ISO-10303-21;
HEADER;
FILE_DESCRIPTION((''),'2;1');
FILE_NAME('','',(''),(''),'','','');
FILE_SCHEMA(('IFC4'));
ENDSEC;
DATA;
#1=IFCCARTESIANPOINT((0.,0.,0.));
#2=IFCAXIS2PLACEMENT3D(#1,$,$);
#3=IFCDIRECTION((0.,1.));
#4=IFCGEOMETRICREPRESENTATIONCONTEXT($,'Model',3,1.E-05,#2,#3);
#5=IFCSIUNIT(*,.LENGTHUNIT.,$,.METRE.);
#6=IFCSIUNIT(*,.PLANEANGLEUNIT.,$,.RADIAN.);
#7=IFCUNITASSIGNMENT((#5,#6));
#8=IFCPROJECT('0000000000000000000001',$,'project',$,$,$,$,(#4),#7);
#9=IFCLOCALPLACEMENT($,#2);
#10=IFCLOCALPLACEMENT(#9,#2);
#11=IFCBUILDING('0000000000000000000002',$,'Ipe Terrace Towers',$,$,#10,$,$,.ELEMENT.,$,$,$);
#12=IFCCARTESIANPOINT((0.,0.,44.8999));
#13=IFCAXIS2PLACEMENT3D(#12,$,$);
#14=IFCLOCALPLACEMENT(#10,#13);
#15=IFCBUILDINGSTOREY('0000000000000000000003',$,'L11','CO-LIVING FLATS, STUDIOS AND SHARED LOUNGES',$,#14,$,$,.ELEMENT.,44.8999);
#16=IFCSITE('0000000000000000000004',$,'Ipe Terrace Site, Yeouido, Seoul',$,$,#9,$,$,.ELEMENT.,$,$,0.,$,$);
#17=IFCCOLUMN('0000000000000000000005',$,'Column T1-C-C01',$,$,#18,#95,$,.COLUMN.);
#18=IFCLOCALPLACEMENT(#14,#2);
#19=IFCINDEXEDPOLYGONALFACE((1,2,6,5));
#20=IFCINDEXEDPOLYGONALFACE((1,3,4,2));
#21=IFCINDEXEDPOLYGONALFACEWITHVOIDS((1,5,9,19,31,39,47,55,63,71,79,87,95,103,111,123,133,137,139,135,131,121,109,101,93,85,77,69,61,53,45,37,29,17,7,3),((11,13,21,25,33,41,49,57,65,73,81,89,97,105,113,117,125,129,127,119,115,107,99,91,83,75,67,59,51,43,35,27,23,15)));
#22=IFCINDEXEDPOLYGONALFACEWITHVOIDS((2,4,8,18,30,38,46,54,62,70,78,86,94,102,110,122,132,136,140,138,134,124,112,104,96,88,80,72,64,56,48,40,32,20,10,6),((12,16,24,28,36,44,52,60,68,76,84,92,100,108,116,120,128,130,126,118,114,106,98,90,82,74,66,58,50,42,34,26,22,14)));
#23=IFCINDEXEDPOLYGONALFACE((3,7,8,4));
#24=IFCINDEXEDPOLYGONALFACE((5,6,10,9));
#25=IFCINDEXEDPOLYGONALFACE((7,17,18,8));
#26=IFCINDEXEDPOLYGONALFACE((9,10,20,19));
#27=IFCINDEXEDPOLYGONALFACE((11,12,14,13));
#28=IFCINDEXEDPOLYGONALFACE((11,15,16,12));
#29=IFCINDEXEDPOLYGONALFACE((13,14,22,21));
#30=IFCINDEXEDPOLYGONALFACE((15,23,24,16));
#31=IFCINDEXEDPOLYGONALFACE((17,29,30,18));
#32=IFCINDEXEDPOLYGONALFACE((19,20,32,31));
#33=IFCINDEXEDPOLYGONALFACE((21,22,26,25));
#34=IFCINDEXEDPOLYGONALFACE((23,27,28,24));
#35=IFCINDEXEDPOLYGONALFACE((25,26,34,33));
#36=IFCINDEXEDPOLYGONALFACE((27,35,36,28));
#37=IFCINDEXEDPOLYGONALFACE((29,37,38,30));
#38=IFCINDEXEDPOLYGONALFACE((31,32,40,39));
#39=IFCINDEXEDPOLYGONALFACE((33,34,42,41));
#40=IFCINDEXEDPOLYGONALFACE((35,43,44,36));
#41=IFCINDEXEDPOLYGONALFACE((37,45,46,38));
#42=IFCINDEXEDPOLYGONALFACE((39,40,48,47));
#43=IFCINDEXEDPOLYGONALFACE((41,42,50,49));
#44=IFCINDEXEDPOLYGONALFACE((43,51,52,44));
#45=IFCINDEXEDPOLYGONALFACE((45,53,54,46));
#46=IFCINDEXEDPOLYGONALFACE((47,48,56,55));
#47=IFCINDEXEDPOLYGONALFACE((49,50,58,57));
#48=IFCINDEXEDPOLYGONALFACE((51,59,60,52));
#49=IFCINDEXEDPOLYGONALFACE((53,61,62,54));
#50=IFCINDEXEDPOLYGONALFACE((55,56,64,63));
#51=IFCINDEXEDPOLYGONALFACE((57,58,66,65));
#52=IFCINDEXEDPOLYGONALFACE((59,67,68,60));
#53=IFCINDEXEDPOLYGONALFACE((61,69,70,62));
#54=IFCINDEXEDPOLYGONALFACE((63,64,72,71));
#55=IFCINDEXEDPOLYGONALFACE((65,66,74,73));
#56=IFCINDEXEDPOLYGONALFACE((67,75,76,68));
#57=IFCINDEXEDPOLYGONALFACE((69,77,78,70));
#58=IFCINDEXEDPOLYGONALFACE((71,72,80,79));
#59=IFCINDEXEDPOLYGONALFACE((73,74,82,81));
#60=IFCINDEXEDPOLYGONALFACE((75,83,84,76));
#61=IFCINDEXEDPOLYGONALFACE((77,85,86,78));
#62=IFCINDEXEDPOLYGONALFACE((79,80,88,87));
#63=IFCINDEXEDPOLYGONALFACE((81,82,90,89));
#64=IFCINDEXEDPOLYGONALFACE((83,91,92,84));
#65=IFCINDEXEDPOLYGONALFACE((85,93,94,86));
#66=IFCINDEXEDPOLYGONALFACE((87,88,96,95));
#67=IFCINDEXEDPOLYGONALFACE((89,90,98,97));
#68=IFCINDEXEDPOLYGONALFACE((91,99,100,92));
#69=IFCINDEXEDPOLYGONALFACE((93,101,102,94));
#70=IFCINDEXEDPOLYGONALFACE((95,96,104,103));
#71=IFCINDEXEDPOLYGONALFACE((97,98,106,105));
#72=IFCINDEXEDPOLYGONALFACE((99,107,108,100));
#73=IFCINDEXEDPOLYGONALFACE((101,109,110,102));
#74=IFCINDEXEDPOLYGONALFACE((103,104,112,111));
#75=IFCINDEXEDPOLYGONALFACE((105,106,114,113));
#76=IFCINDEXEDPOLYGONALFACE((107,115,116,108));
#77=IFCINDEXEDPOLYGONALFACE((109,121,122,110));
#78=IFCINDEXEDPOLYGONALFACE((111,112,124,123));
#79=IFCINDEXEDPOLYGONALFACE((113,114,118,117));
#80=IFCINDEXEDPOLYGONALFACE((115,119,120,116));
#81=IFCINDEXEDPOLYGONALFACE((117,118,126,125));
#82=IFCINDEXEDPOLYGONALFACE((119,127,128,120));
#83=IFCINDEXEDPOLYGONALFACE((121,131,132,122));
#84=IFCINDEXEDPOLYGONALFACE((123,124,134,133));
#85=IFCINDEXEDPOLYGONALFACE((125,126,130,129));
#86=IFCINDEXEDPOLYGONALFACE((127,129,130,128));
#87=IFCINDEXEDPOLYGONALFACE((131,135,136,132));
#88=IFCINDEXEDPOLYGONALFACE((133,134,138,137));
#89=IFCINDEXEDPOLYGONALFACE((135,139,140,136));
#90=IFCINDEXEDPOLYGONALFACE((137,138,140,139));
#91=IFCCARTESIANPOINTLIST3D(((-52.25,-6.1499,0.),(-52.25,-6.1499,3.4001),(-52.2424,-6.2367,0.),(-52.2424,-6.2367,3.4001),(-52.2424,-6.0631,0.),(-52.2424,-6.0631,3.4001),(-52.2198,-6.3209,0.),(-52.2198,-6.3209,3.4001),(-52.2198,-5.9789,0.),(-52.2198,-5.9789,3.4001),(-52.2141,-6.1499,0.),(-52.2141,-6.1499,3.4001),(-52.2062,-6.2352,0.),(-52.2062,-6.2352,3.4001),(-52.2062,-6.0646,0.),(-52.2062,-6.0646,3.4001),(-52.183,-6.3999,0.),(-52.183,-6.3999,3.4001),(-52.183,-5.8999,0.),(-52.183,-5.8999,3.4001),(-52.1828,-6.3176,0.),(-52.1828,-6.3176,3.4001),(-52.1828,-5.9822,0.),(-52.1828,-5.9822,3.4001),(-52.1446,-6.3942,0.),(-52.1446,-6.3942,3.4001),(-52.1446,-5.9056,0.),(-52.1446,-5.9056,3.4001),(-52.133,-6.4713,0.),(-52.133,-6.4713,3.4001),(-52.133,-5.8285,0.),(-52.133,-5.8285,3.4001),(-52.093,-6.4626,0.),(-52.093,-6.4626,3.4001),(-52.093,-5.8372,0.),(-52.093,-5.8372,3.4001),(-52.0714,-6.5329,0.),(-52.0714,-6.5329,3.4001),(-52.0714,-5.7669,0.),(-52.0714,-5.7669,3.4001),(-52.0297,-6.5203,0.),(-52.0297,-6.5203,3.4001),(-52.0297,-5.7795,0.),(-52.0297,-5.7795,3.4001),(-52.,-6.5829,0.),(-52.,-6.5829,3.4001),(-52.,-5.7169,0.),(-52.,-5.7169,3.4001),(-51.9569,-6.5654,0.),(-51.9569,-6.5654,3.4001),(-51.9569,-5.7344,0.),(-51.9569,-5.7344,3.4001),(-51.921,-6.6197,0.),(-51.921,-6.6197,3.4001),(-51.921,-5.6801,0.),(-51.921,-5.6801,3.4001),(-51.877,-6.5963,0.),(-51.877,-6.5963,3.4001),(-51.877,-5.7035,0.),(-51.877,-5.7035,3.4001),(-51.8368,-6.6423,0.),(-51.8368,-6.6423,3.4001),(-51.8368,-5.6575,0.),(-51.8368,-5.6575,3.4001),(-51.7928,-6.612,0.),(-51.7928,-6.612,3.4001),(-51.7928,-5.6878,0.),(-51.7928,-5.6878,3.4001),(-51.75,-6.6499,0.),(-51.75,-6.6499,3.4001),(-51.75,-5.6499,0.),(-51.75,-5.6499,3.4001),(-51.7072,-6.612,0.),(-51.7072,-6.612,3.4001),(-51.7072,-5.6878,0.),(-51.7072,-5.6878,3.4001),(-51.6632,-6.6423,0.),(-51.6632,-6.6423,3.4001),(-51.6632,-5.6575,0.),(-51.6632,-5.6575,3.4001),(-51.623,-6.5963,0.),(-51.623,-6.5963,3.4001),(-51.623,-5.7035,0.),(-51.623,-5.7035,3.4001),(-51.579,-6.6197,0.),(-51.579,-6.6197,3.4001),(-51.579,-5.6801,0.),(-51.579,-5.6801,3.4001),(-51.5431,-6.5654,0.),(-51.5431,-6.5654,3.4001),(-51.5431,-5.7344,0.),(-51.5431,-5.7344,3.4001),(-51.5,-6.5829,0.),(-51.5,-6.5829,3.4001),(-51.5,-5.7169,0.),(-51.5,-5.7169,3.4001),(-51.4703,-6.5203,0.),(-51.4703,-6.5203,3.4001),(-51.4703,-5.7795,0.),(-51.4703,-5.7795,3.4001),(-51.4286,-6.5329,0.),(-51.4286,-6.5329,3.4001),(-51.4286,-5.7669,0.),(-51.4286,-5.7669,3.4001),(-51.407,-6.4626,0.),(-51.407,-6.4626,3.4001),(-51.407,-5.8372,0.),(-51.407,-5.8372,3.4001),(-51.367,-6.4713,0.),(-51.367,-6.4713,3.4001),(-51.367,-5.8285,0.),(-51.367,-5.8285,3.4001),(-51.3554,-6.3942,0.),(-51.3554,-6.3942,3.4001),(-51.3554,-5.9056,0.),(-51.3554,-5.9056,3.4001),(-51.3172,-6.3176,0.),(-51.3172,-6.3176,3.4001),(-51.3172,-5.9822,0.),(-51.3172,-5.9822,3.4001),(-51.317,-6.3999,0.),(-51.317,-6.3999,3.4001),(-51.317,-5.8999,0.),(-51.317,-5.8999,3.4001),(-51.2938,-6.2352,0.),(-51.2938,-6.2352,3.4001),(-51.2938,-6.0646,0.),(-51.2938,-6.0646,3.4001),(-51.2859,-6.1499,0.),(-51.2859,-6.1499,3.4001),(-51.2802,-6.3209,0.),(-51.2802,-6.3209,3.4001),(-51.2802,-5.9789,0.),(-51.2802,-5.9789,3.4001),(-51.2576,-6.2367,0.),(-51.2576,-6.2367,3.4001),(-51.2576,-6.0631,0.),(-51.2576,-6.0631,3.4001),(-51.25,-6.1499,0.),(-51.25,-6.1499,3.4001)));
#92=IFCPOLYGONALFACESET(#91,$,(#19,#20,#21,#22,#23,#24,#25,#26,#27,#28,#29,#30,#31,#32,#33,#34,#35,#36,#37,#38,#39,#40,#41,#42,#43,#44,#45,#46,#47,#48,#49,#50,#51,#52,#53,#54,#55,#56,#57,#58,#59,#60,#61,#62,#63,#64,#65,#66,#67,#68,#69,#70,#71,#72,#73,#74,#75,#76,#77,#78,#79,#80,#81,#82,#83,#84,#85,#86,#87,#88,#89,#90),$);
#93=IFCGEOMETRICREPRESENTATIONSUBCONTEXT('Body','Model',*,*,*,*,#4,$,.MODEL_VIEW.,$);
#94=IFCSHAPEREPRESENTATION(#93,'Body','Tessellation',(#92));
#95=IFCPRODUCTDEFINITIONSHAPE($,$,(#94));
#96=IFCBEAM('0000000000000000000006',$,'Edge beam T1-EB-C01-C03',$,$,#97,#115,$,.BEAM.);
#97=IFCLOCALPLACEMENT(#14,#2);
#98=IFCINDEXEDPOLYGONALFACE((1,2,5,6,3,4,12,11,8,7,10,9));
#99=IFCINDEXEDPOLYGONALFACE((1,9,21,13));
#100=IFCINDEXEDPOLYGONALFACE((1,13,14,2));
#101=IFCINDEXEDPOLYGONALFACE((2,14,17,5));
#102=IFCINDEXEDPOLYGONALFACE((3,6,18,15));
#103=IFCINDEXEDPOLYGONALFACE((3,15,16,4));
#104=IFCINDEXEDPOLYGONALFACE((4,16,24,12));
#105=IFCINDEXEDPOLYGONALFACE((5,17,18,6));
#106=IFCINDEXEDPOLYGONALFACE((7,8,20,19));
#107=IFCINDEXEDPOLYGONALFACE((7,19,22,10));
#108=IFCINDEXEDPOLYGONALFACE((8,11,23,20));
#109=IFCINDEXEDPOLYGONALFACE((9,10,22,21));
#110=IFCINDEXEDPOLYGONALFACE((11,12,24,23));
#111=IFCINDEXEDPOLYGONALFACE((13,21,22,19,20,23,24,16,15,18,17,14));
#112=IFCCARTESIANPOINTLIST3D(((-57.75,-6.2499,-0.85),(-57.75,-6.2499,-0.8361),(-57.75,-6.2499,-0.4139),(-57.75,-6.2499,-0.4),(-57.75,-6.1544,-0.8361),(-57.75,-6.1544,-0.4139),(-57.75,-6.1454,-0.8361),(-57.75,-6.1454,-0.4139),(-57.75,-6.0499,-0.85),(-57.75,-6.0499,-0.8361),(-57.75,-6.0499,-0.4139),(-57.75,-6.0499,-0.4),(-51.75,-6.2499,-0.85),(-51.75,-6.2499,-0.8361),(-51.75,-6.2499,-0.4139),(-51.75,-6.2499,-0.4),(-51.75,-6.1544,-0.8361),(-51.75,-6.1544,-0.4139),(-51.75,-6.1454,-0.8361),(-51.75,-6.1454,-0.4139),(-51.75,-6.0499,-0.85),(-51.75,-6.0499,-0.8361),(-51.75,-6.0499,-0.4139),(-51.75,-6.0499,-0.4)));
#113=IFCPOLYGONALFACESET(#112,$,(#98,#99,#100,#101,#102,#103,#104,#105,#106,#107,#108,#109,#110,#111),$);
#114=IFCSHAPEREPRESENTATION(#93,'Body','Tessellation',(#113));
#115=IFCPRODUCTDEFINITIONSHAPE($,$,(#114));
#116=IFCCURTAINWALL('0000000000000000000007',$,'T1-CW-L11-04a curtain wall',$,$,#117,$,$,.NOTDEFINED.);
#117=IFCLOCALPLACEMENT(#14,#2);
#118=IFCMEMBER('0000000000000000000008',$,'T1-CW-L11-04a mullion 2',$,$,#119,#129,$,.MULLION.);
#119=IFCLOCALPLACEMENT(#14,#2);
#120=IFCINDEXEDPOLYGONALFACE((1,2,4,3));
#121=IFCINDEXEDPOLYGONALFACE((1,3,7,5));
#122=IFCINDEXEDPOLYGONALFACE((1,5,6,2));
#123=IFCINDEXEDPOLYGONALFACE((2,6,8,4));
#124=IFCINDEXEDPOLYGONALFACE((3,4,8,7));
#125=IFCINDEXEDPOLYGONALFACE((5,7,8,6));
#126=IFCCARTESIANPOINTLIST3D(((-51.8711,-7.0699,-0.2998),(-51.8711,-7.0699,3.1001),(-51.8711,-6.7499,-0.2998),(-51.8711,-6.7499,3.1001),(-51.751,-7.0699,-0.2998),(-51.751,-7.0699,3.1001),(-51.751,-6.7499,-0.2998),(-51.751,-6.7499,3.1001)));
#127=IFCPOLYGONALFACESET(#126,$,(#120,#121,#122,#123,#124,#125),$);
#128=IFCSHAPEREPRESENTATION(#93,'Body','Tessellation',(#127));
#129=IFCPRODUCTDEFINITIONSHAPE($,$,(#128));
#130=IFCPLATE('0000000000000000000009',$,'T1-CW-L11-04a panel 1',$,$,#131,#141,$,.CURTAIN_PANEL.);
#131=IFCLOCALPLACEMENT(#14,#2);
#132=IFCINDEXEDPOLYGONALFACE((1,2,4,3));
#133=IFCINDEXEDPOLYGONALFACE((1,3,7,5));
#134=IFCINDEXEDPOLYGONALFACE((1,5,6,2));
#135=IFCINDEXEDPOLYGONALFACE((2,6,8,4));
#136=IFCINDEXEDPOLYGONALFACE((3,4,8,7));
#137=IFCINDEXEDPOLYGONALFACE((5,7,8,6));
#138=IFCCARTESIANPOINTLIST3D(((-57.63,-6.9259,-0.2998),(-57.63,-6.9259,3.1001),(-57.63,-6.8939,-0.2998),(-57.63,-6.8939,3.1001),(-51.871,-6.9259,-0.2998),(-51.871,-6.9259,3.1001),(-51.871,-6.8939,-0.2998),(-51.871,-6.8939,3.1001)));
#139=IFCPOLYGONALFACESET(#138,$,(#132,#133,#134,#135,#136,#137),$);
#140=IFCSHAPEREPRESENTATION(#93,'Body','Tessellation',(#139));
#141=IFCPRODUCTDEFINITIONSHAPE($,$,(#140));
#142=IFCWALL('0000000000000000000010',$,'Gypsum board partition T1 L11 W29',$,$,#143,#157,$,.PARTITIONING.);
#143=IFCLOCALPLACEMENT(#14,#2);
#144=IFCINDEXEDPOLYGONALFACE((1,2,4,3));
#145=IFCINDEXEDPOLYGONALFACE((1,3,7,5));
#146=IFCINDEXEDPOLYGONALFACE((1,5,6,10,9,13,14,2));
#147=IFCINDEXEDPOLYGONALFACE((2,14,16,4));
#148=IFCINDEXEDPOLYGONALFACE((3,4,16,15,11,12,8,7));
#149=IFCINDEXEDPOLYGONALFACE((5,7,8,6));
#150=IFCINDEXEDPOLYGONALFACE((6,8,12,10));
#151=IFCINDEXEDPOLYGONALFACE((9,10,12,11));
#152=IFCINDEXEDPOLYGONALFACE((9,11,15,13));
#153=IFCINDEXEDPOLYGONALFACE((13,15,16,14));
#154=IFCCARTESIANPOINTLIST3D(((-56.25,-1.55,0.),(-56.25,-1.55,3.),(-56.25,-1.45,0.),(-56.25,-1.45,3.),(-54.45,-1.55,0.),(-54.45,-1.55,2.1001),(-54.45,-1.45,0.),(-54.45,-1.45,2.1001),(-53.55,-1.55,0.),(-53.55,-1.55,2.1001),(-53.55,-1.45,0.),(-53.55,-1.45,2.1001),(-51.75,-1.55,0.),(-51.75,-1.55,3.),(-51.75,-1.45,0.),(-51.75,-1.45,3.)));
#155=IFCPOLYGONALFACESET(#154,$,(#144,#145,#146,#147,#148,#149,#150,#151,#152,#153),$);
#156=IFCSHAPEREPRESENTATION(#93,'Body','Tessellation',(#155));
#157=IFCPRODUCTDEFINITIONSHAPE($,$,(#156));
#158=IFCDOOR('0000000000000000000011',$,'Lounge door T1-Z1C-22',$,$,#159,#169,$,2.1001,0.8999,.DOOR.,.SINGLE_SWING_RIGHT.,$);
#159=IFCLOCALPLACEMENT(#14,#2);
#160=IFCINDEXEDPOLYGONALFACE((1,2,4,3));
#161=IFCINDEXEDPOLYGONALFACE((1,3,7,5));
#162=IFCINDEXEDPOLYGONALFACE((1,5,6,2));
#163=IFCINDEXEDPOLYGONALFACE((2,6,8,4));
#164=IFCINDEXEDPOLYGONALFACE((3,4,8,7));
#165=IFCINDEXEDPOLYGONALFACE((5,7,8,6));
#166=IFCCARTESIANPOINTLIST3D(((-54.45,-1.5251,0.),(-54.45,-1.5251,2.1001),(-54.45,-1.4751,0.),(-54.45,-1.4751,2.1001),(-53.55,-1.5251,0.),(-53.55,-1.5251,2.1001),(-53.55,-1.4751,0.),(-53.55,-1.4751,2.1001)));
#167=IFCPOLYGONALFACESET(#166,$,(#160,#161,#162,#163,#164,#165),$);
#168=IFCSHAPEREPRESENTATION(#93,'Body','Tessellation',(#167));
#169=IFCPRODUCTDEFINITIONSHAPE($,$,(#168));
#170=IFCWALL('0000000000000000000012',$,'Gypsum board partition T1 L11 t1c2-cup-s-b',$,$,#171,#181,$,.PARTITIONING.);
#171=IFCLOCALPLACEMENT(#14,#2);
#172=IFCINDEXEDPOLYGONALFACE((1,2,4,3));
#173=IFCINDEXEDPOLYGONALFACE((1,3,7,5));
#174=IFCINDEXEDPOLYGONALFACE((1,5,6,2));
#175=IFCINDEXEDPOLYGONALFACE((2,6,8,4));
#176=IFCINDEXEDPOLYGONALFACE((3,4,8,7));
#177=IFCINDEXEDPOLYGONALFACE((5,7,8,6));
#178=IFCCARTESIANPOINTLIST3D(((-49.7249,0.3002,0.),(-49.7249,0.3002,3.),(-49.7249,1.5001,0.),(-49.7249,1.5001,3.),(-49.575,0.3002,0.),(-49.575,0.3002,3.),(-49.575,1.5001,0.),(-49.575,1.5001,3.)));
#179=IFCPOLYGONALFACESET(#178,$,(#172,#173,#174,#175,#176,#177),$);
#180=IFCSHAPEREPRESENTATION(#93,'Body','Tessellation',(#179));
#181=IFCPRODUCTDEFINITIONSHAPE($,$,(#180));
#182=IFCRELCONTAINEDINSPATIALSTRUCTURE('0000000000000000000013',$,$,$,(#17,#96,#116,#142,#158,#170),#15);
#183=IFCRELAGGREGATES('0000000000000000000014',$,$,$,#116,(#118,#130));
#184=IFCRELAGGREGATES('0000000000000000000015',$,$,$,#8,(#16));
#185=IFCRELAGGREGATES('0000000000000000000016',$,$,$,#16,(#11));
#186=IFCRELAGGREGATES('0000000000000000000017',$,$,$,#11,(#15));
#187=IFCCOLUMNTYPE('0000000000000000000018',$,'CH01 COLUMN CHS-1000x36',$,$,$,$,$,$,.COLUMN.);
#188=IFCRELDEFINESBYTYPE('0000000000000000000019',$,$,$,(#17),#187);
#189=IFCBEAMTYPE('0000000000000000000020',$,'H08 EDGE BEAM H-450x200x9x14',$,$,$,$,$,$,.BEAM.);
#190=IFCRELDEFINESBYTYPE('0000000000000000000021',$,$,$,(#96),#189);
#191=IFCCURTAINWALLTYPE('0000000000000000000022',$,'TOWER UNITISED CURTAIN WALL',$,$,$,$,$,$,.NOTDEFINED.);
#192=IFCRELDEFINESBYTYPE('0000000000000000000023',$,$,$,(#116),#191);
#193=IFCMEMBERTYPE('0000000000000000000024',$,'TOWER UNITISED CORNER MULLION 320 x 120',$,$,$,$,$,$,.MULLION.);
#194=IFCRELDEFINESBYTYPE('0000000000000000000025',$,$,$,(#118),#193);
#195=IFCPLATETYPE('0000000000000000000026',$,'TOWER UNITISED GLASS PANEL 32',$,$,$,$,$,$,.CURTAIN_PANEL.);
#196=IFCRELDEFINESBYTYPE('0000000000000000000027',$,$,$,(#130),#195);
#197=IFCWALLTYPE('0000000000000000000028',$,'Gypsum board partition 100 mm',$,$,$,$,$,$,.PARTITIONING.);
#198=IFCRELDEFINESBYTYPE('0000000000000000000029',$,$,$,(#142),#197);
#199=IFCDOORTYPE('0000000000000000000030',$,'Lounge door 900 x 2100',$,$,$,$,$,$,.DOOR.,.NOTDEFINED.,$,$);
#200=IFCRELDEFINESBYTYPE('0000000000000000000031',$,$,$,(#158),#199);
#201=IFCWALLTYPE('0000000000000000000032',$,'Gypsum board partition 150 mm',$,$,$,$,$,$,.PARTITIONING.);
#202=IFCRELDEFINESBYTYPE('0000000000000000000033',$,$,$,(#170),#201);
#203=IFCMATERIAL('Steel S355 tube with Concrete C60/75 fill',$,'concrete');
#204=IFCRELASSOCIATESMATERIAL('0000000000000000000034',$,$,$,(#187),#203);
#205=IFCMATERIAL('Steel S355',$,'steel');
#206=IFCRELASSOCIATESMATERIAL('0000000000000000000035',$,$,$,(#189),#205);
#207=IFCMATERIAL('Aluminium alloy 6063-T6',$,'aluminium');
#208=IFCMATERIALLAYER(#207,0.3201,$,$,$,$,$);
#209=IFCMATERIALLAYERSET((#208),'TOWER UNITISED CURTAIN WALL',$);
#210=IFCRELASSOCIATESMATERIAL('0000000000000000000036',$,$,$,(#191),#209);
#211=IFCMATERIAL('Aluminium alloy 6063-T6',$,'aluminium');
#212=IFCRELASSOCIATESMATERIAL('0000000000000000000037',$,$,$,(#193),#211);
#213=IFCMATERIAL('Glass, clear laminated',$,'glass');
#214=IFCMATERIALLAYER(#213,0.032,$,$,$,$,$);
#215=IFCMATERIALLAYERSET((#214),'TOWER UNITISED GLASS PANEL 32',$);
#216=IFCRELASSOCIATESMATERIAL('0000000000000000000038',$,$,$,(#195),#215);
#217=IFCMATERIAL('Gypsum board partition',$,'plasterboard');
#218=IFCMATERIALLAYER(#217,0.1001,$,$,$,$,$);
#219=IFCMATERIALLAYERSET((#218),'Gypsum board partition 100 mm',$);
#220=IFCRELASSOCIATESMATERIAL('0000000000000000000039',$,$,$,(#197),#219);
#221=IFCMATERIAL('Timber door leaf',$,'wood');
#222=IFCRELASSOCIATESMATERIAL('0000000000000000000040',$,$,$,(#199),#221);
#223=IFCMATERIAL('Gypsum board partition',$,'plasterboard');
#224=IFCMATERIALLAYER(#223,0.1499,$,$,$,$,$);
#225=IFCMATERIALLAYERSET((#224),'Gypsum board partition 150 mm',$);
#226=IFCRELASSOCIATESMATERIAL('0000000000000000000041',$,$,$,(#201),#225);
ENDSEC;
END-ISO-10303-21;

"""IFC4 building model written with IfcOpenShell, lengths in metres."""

from ifc_helpers import new_model, si_unit, direction, frame, frame_2d, origin, origin_2d, place, context, subcontext, project, spatial, rectangle, hollow_circle, i_section, extrude, material, layer, layer_set, material_profile, profile_set, type_object, element, fill, aggregate, save


model = new_model("IFC4")

# Units and contexts
model_context = context("Model", 3, precision=1e-05, world=origin(), true_north=direction((0.0, 1.0)))
body_context = subcontext(model_context, "Body", "Model", "MODEL_VIEW")
ifc_project = project(units=[si_unit("LENGTHUNIT", "METRE"), si_unit("PLANEANGLEUNIT", "RADIAN")], contexts=[model_context])

# Site, building, storey
site_placement = place(None, origin())
site = spatial("IfcSite", under=ifc_project, at=site_placement, Name="Ipe Terrace Site, Yeouido, Seoul", CompositionType="ELEMENT", RefElevation=0.0)
building_placement = place(site_placement, origin())
building = spatial("IfcBuilding", under=site, at=building_placement, Name="Ipe Terrace Towers", CompositionType="ELEMENT")
storey_placement = place(building_placement, frame((0.0, 0.0, 44.8999)))
storey = spatial("IfcBuildingStorey", under=building, at=storey_placement, Name="L11", Description="CO-LIVING FLATS, STUDIOS AND SHARED LOUNGES", CompositionType="ELEMENT", Elevation=44.8999)

# Column
ifc_material_1 = material(Name="Steel S355 tube with Concrete C60/75 fill", Category="concrete")
ifc_material_profile_1 = material_profile(ifc_material_1, hollow_circle(Radius=0.5, WallThickness=0.0359, at=origin_2d()), Name="CHS-1000x36")
ifc_profile_set_1 = profile_set([ifc_material_profile_1], Name="Steel S355 tube with Concrete C60/75 fill")
column_type = type_object("IfcColumnType", Name="CH01 COLUMN CHS-1000x36", PredefinedType="COLUMN", material=ifc_profile_set_1)
column_placement = place(storey_placement, frame((-51.75, -6.1499, 0.0), z_axis=(0.0, 0.0, 1.0), x_axis=(1.0, 0.0, 0.0)))
element("IfcColumn", 1, at=column_placement, inside=storey, type_object=column_type, Name="Column T1-C-C01", PredefinedType="COLUMN", context=body_context, shape_type="SweptSolid", body=[
    extrude(hollow_circle(Radius=0.5, WallThickness=0.0359, at=origin_2d()), origin(), (0.0, 0.0, 1.0), 3.4001),
])

# Beam
ifc_material_2 = material(Name="Steel S355", Category="steel")
ifc_material_profile_2 = material_profile(ifc_material_2, i_section(OverallWidth=0.2, OverallDepth=0.45, WebThickness=0.009, FlangeThickness=0.0139, at=origin_2d()), Name="H-450x200x9x14")
ifc_profile_set_2 = profile_set([ifc_material_profile_2], Name="Steel S355")
beam_type = type_object("IfcBeamType", Name="H08 EDGE BEAM H-450x200x9x14", PredefinedType="BEAM", material=ifc_profile_set_2)
beam_placement = place(storey_placement, frame((-51.75, -6.1499, -0.625), z_axis=(-1.0, 0.0, 0.0), x_axis=(0.0, -1.0, 0.0)))
element("IfcBeam", 2, at=beam_placement, inside=storey, type_object=beam_type, Name="Edge beam T1-EB-C01-C03", PredefinedType="BEAM", context=body_context, shape_type="SweptSolid", body=[
    extrude(i_section(OverallWidth=0.2, OverallDepth=0.45, WebThickness=0.009, FlangeThickness=0.0139, at=origin_2d()), origin(), (0.0, 0.0, 1.0), 6.0),
])

# Curtain wall, member, plate
ifc_material_3 = material(Name="Aluminium alloy 6063-T6", Category="aluminium")
ifc_layer_1 = layer(ifc_material_3, 0.3201)
ifc_layer_set_1 = layer_set([ifc_layer_1], Name="TOWER UNITISED CURTAIN WALL")
curtain_wall_type = type_object("IfcCurtainWallType", Name="TOWER UNITISED CURTAIN WALL", PredefinedType="NOTDEFINED", material=ifc_layer_set_1)
curtain_wall_placement = place(storey_placement, origin())
curtain_wall = element("IfcCurtainWall", 3, at=curtain_wall_placement, inside=storey, type_object=curtain_wall_type, Name="T1-CW-L11-04a curtain wall", PredefinedType="NOTDEFINED")
ifc_material_4 = material(Name="Aluminium alloy 6063-T6", Category="aluminium")
ifc_material_profile_3 = material_profile(ifc_material_4, rectangle(XDim=0.3201, YDim=0.1201, at=origin_2d()), Name="TOWER UNITISED CORNER MULLION 320 x 120")
ifc_profile_set_3 = profile_set([ifc_material_profile_3], Name="Aluminium alloy 6063-T6")
member_type = type_object("IfcMemberType", Name="TOWER UNITISED CORNER MULLION 320 x 120", PredefinedType="MULLION", material=ifc_profile_set_3)
member_placement = place(storey_placement, frame((-51.811, -6.9099, -0.2998), z_axis=(0.0, 0.0, 1.0), x_axis=(0.0, -1.0, 0.0)))
member = element("IfcMember", 4, at=member_placement, type_object=member_type, Name="T1-CW-L11-04a mullion 2", PredefinedType="MULLION", context=body_context, shape_type="SweptSolid", body=[
    extrude(rectangle(XDim=0.3201, YDim=0.1201, at=origin_2d()), origin(), (0.0, 0.0, 1.0), 3.3999),
])
ifc_material_5 = material(Name="Glass, clear laminated", Category="glass")
ifc_layer_2 = layer(ifc_material_5, 0.032)
ifc_layer_set_2 = layer_set([ifc_layer_2], Name="TOWER UNITISED GLASS PANEL 32")
plate_type = type_object("IfcPlateType", Name="TOWER UNITISED GLASS PANEL 32", PredefinedType="CURTAIN_PANEL", material=ifc_layer_set_2)
plate_placement = place(storey_placement, frame((-54.7505, -6.9099, -0.2998), z_axis=(0.0, 0.0, 1.0), x_axis=(1.0, 0.0, 0.0)))
plate = element("IfcPlate", 5, at=plate_placement, type_object=plate_type, Name="T1-CW-L11-04a panel 1", PredefinedType="CURTAIN_PANEL", context=body_context, shape_type="SweptSolid", body=[
    extrude(rectangle(XDim=5.759, YDim=0.032, at=origin_2d()), origin(), (0.0, 0.0, 1.0), 3.3999),
])
aggregate(curtain_wall, [member, plate])

# Wall, opening, door
ifc_material_6 = material(Name="Gypsum board partition", Category="plasterboard")
ifc_layer_3 = layer(ifc_material_6, 0.1001)
ifc_layer_set_3 = layer_set([ifc_layer_3], Name="Gypsum board partition 100 mm")
wall_type_1 = type_object("IfcWallType", Name="Gypsum board partition 100 mm", PredefinedType="PARTITIONING", material=ifc_layer_set_3)
wall_1_placement = place(storey_placement, frame((-56.25, -1.5, 0.0), z_axis=(0.0, 0.0, 1.0), x_axis=(1.0, 0.0, 0.0)))
wall_1 = element("IfcWall", 6, at=wall_1_placement, inside=storey, type_object=wall_type_1, Name="Gypsum board partition T1 L11 W29", PredefinedType="PARTITIONING", context=body_context, shape_type="SweptSolid", body=[
    extrude(rectangle(XDim=4.5, YDim=0.1001, at=frame_2d((2.25, 0.0))), origin(), (0.0, 0.0, 1.0), 3.0),
])
opening_1_placement = place(wall_1_placement, frame((1.8, 0.0, 0.0)))
opening_1 = element("IfcOpeningElement", 7, at=opening_1_placement, cuts=wall_1, PredefinedType="OPENING", context=body_context, shape_type="SweptSolid", body=[
    extrude(rectangle(XDim=0.8999, YDim=2.1001, at=frame_2d((0.45, 1.05))), frame((0.0, 0.0601, 0.0), z_axis=(0.0, -1.0, 0.0), x_axis=(1.0, 0.0, 0.0)), (0.0, 0.0, 1.0), 0.1201),
])
ifc_material_7 = material(Name="Timber door leaf", Category="wood")
door_type_1 = type_object("IfcDoorType", Name="Lounge door 900 x 2100", OperationType="NOTDEFINED", PredefinedType="DOOR", material=ifc_material_7)
door_1_placement = place(opening_1_placement, origin())
door_1 = element("IfcDoor", 8, at=door_1_placement, inside=storey, type_object=door_type_1, Name="Lounge door T1-Z1C-22", OperationType="SINGLE_SWING_RIGHT", OverallHeight=2.1001, OverallWidth=0.8999, PredefinedType="DOOR", context=body_context, shape_type="SweptSolid", body=[
    extrude(rectangle(XDim=0.8999, YDim=2.1001, at=frame_2d((0.45, 1.05))), frame((0.0, 0.0249, 0.0), z_axis=(0.0, -1.0, 0.0), x_axis=(1.0, 0.0, 0.0)), (0.0, 0.0, 1.0), 0.05),
])
fill(opening_1, door_1)

# Wall
ifc_material_8 = material(Name="Gypsum board partition", Category="plasterboard")
ifc_layer_4 = layer(ifc_material_8, 0.1499)
ifc_layer_set_4 = layer_set([ifc_layer_4], Name="Gypsum board partition 150 mm")
wall_type_2 = type_object("IfcWallType", Name="Gypsum board partition 150 mm", PredefinedType="PARTITIONING", material=ifc_layer_set_4)
wall_2_placement = place(storey_placement, frame((-49.6499, 0.3, 0.0), z_axis=(0.0, 0.0, 1.0), x_axis=(0.0, 1.0, 0.0)))
element("IfcWall", 9, at=wall_2_placement, inside=storey, type_object=wall_type_2, Name="Gypsum board partition T1 L11 t1c2-cup-s-b", PredefinedType="PARTITIONING", context=body_context, shape_type="SweptSolid", body=[
    extrude(rectangle(XDim=1.2, YDim=0.1499, at=frame_2d((0.6001, 0.0))), origin(), (0.0, 0.0, 1.0), 3.0),
])

save(model, "model.ifc")
